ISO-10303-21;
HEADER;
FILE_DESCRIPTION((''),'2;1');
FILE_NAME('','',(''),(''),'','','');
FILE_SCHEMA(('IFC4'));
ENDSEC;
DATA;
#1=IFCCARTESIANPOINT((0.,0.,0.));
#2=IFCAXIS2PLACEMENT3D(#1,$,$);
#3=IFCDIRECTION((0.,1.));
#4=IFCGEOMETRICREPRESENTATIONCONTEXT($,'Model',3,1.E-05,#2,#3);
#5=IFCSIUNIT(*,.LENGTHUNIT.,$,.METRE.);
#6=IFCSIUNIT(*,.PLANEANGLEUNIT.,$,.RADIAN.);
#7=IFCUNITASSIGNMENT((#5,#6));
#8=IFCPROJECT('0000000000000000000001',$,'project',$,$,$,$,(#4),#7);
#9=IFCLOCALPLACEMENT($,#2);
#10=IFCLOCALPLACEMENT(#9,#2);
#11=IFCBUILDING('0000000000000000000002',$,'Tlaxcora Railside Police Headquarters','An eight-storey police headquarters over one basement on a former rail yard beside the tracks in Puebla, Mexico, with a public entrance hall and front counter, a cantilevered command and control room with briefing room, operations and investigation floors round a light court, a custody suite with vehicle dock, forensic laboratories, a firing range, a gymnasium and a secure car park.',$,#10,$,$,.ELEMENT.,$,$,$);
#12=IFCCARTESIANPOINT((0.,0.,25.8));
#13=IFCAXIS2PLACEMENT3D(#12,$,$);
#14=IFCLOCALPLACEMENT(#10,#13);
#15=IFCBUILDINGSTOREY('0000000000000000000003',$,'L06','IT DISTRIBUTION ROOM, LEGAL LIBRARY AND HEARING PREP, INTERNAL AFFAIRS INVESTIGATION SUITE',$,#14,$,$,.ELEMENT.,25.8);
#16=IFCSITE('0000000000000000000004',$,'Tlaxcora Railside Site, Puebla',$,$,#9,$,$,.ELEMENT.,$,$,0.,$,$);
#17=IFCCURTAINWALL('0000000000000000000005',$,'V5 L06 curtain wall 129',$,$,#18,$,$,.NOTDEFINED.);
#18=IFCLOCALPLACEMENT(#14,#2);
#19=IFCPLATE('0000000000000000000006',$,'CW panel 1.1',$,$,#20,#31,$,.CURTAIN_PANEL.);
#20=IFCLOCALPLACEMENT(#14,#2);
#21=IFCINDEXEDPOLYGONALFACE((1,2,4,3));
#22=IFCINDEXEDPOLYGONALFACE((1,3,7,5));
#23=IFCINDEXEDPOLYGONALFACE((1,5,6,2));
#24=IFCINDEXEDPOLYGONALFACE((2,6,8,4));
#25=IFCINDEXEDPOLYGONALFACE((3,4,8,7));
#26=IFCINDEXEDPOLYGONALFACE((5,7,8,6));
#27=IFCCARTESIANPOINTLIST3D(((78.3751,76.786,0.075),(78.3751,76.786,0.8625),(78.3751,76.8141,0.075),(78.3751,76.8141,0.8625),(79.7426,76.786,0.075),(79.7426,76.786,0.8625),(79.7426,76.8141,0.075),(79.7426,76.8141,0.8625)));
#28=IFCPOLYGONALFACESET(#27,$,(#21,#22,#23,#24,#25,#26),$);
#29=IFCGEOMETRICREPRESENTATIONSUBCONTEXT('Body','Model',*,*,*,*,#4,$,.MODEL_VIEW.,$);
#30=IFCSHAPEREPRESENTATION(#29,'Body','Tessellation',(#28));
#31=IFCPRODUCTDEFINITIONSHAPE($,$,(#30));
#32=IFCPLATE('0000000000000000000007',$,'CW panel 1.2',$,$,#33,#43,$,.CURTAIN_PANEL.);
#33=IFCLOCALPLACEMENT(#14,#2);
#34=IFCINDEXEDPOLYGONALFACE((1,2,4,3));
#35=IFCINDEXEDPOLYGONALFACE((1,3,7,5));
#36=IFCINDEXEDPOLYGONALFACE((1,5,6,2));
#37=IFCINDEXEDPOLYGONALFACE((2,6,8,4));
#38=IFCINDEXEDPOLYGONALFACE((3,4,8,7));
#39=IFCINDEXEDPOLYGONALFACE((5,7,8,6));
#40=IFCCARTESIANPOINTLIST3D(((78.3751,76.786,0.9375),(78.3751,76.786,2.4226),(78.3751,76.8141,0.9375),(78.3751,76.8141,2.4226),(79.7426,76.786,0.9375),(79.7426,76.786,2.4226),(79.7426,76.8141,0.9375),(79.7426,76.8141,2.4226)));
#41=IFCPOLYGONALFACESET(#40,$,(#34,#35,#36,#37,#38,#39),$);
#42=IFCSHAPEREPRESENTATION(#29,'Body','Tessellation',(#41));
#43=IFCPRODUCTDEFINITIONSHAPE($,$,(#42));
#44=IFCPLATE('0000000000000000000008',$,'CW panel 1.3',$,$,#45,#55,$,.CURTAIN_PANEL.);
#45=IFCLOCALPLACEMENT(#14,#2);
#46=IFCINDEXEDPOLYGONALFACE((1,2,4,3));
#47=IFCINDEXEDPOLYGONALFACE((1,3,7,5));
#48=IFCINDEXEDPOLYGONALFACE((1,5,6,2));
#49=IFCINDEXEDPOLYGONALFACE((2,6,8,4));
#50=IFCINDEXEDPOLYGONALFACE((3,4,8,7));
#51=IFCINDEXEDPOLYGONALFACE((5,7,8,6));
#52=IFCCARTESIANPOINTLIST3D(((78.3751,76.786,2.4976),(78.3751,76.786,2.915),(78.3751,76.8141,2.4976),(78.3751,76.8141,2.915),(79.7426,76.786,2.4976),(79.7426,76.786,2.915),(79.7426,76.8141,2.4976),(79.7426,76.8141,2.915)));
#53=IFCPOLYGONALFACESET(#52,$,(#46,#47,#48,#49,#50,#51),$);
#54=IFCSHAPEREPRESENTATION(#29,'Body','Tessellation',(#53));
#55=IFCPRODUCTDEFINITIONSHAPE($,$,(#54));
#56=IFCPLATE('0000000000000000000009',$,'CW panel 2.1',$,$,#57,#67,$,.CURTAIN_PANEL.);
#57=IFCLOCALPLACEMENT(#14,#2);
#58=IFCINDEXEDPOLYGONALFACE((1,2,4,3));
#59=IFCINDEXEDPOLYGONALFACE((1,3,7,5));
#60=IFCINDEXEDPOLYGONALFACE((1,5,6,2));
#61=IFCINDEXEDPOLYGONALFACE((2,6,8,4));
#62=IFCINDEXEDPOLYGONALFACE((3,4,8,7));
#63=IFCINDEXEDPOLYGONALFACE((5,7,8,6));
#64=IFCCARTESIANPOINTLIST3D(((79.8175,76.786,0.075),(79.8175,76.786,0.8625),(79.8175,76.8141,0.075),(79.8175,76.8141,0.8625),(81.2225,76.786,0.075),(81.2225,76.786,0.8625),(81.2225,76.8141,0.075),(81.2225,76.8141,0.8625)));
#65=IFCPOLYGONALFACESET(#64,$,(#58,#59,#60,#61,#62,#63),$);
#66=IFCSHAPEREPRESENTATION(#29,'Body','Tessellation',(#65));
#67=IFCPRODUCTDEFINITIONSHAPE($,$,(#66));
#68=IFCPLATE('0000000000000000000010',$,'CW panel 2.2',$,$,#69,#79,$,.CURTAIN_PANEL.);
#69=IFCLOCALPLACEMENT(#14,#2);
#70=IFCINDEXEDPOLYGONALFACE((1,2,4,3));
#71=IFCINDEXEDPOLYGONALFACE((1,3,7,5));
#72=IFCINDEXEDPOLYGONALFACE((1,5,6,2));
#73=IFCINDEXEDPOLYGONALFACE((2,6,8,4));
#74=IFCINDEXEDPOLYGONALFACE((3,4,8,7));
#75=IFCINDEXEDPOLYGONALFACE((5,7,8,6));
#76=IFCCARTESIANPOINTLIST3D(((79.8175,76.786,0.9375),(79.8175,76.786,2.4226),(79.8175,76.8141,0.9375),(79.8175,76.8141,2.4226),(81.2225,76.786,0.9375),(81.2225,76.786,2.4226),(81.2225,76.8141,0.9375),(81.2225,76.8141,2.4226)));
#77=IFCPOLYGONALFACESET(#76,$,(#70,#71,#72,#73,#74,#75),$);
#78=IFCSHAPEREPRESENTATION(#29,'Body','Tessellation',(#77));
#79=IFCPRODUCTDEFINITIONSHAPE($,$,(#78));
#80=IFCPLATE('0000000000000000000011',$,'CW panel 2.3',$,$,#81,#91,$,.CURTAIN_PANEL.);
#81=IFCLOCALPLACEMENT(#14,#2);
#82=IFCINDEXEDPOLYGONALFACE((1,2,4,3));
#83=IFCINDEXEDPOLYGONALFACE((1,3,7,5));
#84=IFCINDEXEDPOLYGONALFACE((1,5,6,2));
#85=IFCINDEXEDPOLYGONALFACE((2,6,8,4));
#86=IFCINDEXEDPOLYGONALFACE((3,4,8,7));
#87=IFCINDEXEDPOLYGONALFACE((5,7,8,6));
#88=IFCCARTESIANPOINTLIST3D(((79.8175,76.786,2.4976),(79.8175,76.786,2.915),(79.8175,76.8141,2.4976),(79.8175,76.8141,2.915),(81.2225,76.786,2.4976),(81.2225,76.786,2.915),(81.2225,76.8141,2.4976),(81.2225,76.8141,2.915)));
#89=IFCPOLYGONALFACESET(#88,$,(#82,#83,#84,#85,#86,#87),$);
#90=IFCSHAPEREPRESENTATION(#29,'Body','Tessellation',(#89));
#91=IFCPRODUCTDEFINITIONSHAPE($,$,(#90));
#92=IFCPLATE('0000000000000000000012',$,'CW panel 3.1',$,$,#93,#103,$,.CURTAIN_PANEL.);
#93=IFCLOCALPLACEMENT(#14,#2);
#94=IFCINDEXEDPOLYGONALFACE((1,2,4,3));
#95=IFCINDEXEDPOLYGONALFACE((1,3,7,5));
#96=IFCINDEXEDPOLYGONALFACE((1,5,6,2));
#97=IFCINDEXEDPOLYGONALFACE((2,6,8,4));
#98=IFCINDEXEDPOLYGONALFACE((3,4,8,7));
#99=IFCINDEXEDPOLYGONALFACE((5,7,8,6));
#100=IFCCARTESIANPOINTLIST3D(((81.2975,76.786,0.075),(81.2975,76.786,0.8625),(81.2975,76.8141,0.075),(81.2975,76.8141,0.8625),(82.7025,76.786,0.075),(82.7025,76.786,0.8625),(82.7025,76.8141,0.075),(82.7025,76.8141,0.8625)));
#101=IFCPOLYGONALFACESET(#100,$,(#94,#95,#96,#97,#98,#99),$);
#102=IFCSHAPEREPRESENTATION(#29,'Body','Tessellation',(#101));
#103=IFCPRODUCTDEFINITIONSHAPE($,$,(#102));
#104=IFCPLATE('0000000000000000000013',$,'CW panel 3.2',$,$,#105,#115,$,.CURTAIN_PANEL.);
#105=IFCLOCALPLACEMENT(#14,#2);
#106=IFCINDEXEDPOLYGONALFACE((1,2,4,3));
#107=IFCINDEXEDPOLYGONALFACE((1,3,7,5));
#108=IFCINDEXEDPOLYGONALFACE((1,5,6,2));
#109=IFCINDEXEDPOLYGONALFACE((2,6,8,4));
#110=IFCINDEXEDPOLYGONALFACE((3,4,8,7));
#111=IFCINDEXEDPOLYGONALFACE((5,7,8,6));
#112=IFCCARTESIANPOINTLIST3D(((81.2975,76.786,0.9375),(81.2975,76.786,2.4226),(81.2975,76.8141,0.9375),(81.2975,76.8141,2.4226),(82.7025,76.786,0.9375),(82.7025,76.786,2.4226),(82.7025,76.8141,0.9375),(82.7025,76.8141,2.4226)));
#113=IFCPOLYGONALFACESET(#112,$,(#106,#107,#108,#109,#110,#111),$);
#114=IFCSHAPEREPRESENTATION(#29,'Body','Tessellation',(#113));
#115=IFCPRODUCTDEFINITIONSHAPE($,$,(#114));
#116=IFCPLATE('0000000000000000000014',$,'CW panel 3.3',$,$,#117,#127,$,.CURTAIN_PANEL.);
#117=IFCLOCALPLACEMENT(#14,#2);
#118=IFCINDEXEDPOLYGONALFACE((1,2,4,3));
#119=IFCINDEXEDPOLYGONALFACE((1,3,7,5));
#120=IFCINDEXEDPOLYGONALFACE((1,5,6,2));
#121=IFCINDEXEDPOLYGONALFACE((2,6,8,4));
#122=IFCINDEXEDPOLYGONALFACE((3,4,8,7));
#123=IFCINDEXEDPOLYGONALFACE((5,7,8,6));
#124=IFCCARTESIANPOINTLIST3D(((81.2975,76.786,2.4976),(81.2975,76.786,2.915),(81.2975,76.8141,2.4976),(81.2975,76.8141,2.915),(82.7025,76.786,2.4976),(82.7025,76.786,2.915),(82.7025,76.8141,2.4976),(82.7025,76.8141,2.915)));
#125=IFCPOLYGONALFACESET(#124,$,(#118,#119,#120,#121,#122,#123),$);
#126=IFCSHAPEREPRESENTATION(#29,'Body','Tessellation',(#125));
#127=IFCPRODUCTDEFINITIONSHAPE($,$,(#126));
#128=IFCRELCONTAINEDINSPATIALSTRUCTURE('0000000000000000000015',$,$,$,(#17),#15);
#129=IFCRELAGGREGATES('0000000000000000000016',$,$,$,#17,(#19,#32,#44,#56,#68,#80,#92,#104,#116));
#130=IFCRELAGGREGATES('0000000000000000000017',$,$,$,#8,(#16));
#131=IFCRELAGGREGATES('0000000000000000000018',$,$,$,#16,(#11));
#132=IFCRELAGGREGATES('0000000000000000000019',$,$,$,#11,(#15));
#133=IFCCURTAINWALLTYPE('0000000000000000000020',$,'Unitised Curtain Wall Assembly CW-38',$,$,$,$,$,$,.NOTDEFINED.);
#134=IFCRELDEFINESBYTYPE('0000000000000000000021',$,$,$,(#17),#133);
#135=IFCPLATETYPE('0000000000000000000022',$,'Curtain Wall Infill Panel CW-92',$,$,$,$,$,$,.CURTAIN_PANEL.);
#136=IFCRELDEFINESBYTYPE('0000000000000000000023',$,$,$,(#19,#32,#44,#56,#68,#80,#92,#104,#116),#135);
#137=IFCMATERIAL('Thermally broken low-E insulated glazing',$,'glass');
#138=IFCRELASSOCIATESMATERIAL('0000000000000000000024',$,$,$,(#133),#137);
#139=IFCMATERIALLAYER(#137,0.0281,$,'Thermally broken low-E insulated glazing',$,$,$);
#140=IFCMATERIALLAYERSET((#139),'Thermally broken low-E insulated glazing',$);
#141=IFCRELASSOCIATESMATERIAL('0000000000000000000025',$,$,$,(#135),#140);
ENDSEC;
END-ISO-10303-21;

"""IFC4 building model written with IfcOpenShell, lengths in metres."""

from ifc_helpers import new_model, si_unit, direction, frame, origin, origin_2d, place, context, subcontext, project, spatial, rectangle, extrude, material, layer, layer_set, type_object, element, aggregate, save


model = new_model("IFC4")

# Units and contexts
model_context = context("Model", 3, precision=1e-05, world=origin(), true_north=direction((0.0, 1.0)))
body_context = subcontext(model_context, "Body", "Model", "MODEL_VIEW")
ifc_project = project(units=[si_unit("LENGTHUNIT", "METRE"), si_unit("PLANEANGLEUNIT", "RADIAN")], contexts=[model_context])

# Site, building, storey
site_placement = place(None, origin())
site = spatial("IfcSite", under=ifc_project, at=site_placement, Name="Tlaxcora Railside Site, Puebla", CompositionType="ELEMENT", RefElevation=0.0)
building_placement = place(site_placement, origin())
building = spatial("IfcBuilding", under=site, at=building_placement, Name="Tlaxcora Railside Police Headquarters", Description="An eight-storey police headquarters over one basement on a former rail yard beside the tracks in Puebla, Mexico, with a public entrance hall and front counter, a cantilevered command and control room with briefing room, operations and investigation floors round a light court, a custody suite with vehicle dock, forensic laboratories, a firing range, a gymnasium and a secure car park.", CompositionType="ELEMENT")
storey_placement = place(building_placement, frame((0.0, 0.0, 25.8)))
storey = spatial("IfcBuildingStorey", under=building, at=storey_placement, Name="L06", Description="IT DISTRIBUTION ROOM, LEGAL LIBRARY AND HEARING PREP, INTERNAL AFFAIRS INVESTIGATION SUITE", CompositionType="ELEMENT", Elevation=25.8)

# Curtain wall, plates
ifc_material_1 = material(Name="Thermally broken low-E insulated glazing", Category="glass")
curtain_wall_type = type_object("IfcCurtainWallType", Name="Unitised Curtain Wall Assembly CW-38", PredefinedType="NOTDEFINED", material=ifc_material_1)
curtain_wall_placement = place(storey_placement, origin())
curtain_wall = element("IfcCurtainWall", 1, at=curtain_wall_placement, inside=storey, type_object=curtain_wall_type, Name="V5 L06 curtain wall 129", PredefinedType="NOTDEFINED")
ifc_layer = layer(ifc_material_1, 0.0281, Name="Thermally broken low-E insulated glazing")
ifc_layer_set = layer_set([ifc_layer], Name="Thermally broken low-E insulated glazing")
plate_type = type_object("IfcPlateType", Name="Curtain Wall Infill Panel CW-92", PredefinedType="CURTAIN_PANEL", material=ifc_layer_set)
plate_1_placement = place(storey_placement, frame((79.0588, 76.8, 0.075), z_axis=(0.0, 0.0, 1.0), x_axis=(1.0, 0.0, 0.0)))
plate_1 = element("IfcPlate", 2, at=plate_1_placement, type_object=plate_type, Name="CW panel 1.1", PredefinedType="CURTAIN_PANEL", context=body_context, shape_type="SweptSolid", body=[
    extrude(rectangle(XDim=1.3674, YDim=0.0281, at=origin_2d()), origin(), (0.0, 0.0, 1.0), 0.7876),
])
plate_2_placement = place(storey_placement, frame((79.0588, 76.8, 0.9375), z_axis=(0.0, 0.0, 1.0), x_axis=(1.0, 0.0, 0.0)))
plate_2 = element("IfcPlate", 3, at=plate_2_placement, type_object=plate_type, Name="CW panel 1.2", PredefinedType="CURTAIN_PANEL", context=body_context, shape_type="SweptSolid", body=[
    extrude(rectangle(XDim=1.3674, YDim=0.0281, at=origin_2d()), origin(), (0.0, 0.0, 1.0), 1.4851),
])
plate_3_placement = place(storey_placement, frame((79.0588, 76.8, 2.4976), z_axis=(0.0, 0.0, 1.0), x_axis=(1.0, 0.0, 0.0)))
plate_3 = element("IfcPlate", 4, at=plate_3_placement, type_object=plate_type, Name="CW panel 1.3", PredefinedType="CURTAIN_PANEL", context=body_context, shape_type="SweptSolid", body=[
    extrude(rectangle(XDim=1.3674, YDim=0.0281, at=origin_2d()), origin(), (0.0, 0.0, 1.0), 0.4175),
])
plate_4_placement = place(storey_placement, frame((80.52, 76.8, 0.075), z_axis=(0.0, 0.0, 1.0), x_axis=(1.0, 0.0, 0.0)))
plate_4 = element("IfcPlate", 5, at=plate_4_placement, type_object=plate_type, Name="CW panel 2.1", PredefinedType="CURTAIN_PANEL", context=body_context, shape_type="SweptSolid", body=[
    extrude(rectangle(XDim=1.405, YDim=0.0281, at=origin_2d()), origin(), (0.0, 0.0, 1.0), 0.7876),
])
plate_5_placement = place(storey_placement, frame((80.52, 76.8, 0.9375), z_axis=(0.0, 0.0, 1.0), x_axis=(1.0, 0.0, 0.0)))
plate_5 = element("IfcPlate", 6, at=plate_5_placement, type_object=plate_type, Name="CW panel 2.2", PredefinedType="CURTAIN_PANEL", context=body_context, shape_type="SweptSolid", body=[
    extrude(rectangle(XDim=1.405, YDim=0.0281, at=origin_2d()), origin(), (0.0, 0.0, 1.0), 1.4851),
])
plate_6_placement = place(storey_placement, frame((80.52, 76.8, 2.4976), z_axis=(0.0, 0.0, 1.0), x_axis=(1.0, 0.0, 0.0)))
plate_6 = element("IfcPlate", 7, at=plate_6_placement, type_object=plate_type, Name="CW panel 2.3", PredefinedType="CURTAIN_PANEL", context=body_context, shape_type="SweptSolid", body=[
    extrude(rectangle(XDim=1.405, YDim=0.0281, at=origin_2d()), origin(), (0.0, 0.0, 1.0), 0.4175),
])
plate_7_placement = place(storey_placement, frame((82.0, 76.8, 0.075), z_axis=(0.0, 0.0, 1.0), x_axis=(1.0, 0.0, 0.0)))
plate_7 = element("IfcPlate", 8, at=plate_7_placement, type_object=plate_type, Name="CW panel 3.1", PredefinedType="CURTAIN_PANEL", context=body_context, shape_type="SweptSolid", body=[
    extrude(rectangle(XDim=1.405, YDim=0.0281, at=origin_2d()), origin(), (0.0, 0.0, 1.0), 0.7876),
])
plate_8_placement = place(storey_placement, frame((82.0, 76.8, 0.9375), z_axis=(0.0, 0.0, 1.0), x_axis=(1.0, 0.0, 0.0)))
plate_8 = element("IfcPlate", 9, at=plate_8_placement, type_object=plate_type, Name="CW panel 3.2", PredefinedType="CURTAIN_PANEL", context=body_context, shape_type="SweptSolid", body=[
    extrude(rectangle(XDim=1.405, YDim=0.0281, at=origin_2d()), origin(), (0.0, 0.0, 1.0), 1.4851),
])
plate_9_placement = place(storey_placement, frame((82.0, 76.8, 2.4976), z_axis=(0.0, 0.0, 1.0), x_axis=(1.0, 0.0, 0.0)))
plate_9 = element("IfcPlate", 10, at=plate_9_placement, type_object=plate_type, Name="CW panel 3.3", PredefinedType="CURTAIN_PANEL", context=body_context, shape_type="SweptSolid", body=[
    extrude(rectangle(XDim=1.405, YDim=0.0281, at=origin_2d()), origin(), (0.0, 0.0, 1.0), 0.4175),
])
aggregate(curtain_wall, [plate_1, plate_2, plate_3, plate_4, plate_5, plate_6, plate_7, plate_8, plate_9])

save(model, "model.ifc")
